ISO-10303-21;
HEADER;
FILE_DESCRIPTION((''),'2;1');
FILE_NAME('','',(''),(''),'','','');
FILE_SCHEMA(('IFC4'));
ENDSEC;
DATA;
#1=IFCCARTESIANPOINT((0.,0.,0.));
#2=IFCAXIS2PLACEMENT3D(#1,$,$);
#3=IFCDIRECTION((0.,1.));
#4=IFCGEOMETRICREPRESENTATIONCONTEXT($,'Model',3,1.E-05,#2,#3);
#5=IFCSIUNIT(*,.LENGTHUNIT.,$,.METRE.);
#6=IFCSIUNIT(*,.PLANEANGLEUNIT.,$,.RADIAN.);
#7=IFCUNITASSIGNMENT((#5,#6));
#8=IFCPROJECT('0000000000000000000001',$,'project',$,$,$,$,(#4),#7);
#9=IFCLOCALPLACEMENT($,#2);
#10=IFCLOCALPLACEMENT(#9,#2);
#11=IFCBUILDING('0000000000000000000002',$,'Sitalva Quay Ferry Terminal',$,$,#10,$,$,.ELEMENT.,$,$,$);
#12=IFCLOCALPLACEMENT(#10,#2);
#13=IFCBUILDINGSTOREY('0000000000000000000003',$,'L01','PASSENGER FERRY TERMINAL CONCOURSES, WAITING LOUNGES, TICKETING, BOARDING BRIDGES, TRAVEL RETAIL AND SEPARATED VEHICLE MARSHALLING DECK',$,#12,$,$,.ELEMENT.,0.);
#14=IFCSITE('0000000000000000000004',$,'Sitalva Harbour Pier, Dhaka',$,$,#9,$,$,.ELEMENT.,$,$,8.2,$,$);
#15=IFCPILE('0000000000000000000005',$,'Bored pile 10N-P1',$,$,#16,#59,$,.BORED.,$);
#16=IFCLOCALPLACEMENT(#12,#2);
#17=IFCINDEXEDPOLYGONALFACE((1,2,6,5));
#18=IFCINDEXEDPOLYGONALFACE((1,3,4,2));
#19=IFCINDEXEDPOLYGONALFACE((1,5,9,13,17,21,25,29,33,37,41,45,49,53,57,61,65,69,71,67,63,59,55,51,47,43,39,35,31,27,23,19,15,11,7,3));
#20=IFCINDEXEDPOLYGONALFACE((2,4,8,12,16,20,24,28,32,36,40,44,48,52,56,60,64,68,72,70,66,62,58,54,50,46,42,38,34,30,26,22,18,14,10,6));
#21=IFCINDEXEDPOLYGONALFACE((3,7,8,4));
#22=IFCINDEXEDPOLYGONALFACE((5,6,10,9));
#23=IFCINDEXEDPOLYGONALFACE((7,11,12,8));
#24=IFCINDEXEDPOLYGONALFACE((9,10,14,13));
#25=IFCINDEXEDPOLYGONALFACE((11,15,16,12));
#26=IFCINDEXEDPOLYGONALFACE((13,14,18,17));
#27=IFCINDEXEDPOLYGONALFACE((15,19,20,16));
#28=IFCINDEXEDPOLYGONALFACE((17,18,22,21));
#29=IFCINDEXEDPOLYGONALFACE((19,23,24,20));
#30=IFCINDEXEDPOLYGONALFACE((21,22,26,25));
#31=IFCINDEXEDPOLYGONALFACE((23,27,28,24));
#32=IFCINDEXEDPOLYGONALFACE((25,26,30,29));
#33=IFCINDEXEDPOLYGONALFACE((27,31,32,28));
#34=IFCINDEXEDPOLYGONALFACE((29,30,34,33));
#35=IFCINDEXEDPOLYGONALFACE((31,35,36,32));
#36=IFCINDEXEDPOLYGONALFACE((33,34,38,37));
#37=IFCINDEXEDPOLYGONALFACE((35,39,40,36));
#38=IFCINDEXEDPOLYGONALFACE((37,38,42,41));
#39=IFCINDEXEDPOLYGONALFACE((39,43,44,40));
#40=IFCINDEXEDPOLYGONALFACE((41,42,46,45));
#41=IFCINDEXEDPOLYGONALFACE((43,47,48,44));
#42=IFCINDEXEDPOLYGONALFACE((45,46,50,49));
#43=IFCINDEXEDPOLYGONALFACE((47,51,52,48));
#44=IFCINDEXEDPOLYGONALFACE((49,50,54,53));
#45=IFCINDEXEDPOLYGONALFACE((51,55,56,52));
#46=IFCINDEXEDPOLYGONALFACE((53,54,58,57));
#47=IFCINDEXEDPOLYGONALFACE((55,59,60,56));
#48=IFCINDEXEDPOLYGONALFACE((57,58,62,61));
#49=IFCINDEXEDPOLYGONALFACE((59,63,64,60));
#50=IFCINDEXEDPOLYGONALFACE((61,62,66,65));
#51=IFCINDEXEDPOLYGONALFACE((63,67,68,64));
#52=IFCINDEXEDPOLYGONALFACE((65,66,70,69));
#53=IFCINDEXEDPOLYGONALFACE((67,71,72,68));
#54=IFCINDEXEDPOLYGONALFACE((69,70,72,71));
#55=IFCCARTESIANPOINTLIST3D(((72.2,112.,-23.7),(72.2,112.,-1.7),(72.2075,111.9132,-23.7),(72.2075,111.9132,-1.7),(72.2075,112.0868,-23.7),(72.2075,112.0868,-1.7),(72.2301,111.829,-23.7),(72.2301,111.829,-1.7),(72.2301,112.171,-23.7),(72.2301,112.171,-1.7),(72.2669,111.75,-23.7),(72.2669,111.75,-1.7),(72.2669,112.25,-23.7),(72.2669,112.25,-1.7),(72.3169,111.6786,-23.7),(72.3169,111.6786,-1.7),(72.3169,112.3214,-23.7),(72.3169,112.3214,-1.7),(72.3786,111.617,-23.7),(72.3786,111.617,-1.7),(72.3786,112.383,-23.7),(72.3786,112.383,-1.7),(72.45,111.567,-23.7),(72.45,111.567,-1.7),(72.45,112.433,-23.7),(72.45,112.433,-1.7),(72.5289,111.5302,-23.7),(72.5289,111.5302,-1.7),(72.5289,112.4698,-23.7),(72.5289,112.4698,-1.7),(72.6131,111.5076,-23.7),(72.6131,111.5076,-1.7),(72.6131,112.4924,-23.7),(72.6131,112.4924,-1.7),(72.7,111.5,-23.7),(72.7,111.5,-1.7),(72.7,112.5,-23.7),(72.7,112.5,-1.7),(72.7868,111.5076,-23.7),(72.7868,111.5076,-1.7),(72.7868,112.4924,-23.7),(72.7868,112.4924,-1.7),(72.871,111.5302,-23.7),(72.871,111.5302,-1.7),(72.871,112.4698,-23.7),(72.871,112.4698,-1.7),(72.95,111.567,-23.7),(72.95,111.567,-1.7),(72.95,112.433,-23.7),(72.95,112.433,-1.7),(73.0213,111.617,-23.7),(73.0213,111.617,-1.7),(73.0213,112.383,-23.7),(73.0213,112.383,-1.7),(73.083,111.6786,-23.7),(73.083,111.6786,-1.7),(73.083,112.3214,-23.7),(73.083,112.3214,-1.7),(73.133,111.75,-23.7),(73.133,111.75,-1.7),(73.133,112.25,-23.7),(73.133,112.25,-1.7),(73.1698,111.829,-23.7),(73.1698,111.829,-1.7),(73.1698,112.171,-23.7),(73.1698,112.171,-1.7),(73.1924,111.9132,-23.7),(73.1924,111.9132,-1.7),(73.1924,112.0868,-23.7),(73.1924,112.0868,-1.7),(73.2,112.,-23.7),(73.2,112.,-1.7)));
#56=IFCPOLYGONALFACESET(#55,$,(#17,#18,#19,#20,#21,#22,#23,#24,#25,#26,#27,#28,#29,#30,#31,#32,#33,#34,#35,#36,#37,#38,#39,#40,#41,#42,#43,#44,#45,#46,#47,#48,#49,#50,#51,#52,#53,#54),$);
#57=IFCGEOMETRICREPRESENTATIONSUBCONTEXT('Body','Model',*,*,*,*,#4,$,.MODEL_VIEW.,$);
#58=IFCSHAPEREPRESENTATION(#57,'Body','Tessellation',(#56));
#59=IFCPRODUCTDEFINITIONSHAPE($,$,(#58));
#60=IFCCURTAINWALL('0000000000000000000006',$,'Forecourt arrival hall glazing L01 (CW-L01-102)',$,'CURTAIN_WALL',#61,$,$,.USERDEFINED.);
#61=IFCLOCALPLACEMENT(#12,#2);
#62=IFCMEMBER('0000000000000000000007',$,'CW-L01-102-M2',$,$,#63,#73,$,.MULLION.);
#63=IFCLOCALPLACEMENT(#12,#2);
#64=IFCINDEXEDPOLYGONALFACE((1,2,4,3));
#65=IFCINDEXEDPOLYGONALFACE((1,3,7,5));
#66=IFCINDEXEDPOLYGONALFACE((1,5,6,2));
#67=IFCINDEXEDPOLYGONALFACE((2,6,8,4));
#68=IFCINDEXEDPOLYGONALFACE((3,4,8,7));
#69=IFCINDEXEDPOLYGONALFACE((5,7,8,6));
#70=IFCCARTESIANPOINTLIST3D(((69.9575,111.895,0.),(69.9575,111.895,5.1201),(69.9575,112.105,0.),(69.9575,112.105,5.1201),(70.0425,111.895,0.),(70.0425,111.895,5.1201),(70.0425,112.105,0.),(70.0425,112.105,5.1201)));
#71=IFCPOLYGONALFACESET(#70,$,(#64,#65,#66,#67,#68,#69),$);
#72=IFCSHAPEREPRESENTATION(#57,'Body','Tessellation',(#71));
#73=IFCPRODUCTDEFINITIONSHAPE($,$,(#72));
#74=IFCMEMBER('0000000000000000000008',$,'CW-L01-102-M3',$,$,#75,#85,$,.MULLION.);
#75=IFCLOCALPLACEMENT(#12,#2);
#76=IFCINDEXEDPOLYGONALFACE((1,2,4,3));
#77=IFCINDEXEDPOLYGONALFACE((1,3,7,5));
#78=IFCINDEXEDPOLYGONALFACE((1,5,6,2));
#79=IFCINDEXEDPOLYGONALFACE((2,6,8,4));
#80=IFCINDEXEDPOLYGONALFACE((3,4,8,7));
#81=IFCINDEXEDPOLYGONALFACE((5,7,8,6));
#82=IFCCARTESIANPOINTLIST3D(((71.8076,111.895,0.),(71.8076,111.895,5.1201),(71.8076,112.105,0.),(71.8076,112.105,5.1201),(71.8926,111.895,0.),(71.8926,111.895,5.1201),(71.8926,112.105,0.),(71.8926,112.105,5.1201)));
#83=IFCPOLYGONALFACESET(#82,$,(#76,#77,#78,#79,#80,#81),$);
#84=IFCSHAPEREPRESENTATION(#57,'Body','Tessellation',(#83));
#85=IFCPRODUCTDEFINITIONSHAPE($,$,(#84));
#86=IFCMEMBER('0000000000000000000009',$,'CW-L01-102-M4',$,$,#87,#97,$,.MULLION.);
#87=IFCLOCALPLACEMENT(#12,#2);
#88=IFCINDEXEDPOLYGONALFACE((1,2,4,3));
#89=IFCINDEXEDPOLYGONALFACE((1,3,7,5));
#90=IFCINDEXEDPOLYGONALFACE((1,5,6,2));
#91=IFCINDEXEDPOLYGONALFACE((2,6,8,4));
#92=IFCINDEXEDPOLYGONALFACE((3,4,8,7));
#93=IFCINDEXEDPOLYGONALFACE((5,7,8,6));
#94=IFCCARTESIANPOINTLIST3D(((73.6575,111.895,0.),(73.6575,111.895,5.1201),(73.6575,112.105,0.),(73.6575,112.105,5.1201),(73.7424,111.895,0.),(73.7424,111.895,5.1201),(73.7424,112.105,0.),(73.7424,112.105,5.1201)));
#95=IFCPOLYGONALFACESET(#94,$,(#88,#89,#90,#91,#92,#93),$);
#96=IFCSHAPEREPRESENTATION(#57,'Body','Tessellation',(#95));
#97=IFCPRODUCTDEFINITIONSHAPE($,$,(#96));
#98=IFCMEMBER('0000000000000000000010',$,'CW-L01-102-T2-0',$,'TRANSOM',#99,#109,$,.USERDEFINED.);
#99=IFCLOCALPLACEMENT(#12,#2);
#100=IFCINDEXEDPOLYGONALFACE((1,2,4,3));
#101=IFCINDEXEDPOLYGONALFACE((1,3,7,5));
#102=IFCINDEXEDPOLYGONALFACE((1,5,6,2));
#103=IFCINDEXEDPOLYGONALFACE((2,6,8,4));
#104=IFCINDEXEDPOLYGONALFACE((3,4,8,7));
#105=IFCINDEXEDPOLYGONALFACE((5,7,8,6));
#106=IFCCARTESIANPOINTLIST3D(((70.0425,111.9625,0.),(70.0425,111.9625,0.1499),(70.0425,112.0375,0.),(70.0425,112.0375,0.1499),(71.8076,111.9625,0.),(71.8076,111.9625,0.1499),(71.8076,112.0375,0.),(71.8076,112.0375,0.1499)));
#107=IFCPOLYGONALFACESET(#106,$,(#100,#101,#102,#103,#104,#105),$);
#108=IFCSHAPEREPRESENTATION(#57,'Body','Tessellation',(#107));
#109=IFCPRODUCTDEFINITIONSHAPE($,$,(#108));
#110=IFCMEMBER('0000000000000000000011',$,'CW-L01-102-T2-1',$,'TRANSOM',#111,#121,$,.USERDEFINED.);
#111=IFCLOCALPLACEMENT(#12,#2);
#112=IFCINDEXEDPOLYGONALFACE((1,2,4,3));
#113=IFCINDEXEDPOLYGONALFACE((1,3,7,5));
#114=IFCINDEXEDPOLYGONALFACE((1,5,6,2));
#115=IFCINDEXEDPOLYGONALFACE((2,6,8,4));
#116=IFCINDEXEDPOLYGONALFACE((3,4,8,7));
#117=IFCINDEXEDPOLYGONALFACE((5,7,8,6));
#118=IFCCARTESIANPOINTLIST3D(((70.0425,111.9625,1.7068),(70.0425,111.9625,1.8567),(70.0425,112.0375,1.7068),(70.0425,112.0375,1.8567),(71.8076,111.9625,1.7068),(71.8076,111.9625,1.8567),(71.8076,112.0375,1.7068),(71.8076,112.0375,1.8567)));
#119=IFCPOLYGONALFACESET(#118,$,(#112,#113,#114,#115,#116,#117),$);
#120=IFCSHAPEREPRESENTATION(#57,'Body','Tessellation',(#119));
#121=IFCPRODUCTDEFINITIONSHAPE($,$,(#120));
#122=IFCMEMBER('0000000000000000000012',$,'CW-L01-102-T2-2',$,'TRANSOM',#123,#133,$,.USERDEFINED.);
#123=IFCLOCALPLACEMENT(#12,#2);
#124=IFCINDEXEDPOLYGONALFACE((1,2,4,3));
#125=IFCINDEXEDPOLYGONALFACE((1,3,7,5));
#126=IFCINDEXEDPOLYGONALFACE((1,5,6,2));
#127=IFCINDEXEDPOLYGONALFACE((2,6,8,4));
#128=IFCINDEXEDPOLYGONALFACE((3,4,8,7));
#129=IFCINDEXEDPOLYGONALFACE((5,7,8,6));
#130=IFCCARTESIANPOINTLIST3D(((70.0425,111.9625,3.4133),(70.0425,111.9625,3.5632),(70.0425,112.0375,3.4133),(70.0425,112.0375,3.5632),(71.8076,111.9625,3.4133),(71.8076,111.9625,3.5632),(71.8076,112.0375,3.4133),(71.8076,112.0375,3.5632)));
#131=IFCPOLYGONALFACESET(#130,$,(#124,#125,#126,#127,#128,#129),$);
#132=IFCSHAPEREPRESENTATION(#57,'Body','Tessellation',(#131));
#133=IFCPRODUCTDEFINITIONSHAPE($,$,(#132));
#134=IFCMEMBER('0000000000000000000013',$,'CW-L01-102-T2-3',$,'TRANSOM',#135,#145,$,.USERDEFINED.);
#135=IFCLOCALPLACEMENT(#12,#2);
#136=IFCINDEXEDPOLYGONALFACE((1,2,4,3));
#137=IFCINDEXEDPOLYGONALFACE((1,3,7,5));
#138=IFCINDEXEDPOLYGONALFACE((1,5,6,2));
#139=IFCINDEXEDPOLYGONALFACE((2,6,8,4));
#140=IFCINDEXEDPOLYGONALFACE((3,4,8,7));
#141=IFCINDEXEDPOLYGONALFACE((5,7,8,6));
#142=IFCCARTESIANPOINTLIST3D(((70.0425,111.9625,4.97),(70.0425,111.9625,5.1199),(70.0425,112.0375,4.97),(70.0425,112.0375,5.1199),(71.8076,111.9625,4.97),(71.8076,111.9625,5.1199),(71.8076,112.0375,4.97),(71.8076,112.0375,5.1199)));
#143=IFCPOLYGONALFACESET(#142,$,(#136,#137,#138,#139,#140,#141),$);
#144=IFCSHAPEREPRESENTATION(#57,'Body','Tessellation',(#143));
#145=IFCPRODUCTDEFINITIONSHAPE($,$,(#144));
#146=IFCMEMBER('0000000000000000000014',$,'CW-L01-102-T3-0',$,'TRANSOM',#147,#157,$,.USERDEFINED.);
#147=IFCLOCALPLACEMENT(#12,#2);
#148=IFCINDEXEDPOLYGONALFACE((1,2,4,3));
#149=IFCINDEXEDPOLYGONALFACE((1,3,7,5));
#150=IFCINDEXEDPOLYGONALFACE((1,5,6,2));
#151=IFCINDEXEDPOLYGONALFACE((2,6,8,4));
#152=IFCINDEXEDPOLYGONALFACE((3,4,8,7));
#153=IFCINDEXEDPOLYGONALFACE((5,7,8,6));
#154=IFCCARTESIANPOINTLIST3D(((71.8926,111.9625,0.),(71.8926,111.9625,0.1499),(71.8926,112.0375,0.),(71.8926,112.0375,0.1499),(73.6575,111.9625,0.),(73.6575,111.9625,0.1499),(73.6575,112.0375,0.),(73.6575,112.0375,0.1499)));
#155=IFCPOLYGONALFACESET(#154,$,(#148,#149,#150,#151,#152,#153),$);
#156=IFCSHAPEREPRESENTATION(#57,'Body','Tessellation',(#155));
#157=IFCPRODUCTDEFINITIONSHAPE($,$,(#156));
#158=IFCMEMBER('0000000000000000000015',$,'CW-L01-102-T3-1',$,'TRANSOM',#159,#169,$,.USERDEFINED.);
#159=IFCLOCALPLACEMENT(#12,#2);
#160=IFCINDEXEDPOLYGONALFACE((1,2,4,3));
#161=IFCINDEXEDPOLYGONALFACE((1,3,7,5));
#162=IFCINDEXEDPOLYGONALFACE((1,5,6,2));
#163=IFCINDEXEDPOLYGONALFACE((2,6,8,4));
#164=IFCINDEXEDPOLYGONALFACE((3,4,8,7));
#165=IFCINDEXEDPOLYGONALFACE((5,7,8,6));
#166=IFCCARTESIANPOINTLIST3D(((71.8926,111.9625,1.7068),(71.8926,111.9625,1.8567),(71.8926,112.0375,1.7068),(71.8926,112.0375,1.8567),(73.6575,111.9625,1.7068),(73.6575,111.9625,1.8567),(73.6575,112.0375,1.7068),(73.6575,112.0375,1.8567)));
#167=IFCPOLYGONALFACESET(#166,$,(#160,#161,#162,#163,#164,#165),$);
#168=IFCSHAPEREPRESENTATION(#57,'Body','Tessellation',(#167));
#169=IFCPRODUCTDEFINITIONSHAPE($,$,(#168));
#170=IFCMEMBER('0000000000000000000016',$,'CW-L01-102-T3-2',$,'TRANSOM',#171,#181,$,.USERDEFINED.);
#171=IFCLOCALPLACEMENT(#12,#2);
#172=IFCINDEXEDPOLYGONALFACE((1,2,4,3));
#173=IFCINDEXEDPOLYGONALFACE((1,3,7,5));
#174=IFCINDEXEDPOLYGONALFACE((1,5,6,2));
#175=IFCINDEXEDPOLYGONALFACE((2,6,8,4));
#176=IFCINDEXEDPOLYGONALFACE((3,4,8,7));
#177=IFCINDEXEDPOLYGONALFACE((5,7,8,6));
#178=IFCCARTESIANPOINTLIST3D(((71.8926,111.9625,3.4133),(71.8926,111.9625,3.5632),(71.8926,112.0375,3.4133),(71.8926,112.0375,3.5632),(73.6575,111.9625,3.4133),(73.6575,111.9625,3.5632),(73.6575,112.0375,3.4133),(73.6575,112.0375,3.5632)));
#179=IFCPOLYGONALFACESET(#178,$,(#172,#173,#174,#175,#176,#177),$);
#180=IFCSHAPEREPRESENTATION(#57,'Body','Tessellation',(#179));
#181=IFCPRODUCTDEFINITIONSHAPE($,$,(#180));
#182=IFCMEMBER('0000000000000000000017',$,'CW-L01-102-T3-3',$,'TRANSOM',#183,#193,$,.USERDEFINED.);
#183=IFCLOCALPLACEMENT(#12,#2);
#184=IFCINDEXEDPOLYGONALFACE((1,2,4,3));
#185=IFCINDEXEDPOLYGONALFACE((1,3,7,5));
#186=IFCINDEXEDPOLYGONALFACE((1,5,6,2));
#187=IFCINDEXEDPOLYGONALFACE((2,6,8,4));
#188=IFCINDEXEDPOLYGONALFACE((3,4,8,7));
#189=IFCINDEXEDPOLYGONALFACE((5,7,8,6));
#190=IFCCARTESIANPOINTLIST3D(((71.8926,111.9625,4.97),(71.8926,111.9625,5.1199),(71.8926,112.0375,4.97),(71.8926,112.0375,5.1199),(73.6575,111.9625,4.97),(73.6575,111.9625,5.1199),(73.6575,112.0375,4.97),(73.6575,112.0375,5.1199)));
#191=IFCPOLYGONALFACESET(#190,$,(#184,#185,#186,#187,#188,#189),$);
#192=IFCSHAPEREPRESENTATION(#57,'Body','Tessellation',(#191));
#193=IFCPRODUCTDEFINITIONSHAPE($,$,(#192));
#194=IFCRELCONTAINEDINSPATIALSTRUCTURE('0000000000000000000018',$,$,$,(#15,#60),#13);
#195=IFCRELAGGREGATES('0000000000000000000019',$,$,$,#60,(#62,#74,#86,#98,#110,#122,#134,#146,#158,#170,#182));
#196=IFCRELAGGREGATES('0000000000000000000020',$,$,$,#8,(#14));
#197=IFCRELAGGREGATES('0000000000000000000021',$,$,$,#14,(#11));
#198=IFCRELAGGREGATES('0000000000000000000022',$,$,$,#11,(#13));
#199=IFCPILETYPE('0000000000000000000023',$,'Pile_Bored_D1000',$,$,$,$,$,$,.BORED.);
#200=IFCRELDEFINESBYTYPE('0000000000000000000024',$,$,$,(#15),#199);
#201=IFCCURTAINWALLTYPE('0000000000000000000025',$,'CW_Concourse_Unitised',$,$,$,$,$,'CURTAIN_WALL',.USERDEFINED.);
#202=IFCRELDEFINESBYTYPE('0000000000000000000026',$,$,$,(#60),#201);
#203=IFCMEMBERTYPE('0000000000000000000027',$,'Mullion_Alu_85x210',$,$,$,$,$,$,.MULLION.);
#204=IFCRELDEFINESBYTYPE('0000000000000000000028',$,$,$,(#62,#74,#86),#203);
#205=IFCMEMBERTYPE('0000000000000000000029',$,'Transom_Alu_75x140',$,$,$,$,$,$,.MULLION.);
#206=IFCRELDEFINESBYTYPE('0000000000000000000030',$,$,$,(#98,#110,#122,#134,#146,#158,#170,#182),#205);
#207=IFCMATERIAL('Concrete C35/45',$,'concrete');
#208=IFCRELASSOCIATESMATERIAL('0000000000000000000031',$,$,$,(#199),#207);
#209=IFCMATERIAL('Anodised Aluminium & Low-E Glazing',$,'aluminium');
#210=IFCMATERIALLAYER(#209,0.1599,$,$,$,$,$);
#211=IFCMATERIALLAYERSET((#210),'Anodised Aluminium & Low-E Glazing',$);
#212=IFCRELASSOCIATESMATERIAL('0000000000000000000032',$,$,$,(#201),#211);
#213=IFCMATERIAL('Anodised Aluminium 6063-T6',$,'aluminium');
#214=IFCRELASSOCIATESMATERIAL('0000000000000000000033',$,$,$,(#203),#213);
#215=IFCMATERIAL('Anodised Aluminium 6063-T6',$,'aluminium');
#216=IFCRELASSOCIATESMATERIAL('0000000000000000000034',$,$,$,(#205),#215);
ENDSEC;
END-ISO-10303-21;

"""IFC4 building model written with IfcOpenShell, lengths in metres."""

from ifc_helpers import new_model, si_unit, direction, frame, origin, origin_2d, place, context, subcontext, project, spatial, rectangle, circle, extrude, material, layer, layer_set, material_profile, profile_set, type_object, element, aggregate, save


model = new_model("IFC4")

# Units and contexts
model_context = context("Model", 3, precision=1e-05, world=origin(), true_north=direction((0.0, 1.0)))
body_context = subcontext(model_context, "Body", "Model", "MODEL_VIEW")
ifc_project = project(units=[si_unit("LENGTHUNIT", "METRE"), si_unit("PLANEANGLEUNIT", "RADIAN")], contexts=[model_context])

# Site, building, storey
site_placement = place(None, origin())
site = spatial("IfcSite", under=ifc_project, at=site_placement, Name="Sitalva Harbour Pier, Dhaka", CompositionType="ELEMENT", RefElevation=8.2)
building_placement = place(site_placement, origin())
building = spatial("IfcBuilding", under=site, at=building_placement, Name="Sitalva Quay Ferry Terminal", CompositionType="ELEMENT")
storey_placement = place(building_placement, origin())
storey = spatial("IfcBuildingStorey", under=building, at=storey_placement, Name="L01", Description="PASSENGER FERRY TERMINAL CONCOURSES, WAITING LOUNGES, TICKETING, BOARDING BRIDGES, TRAVEL RETAIL AND SEPARATED VEHICLE MARSHALLING DECK", CompositionType="ELEMENT", Elevation=0.0)

# Pile
ifc_material_1 = material(Name="Concrete C35/45", Category="concrete")
ifc_material_profile_1 = material_profile(ifc_material_1, circle(Radius=0.5, at=origin_2d()), Name="PILE-D1000")
ifc_profile_set_1 = profile_set([ifc_material_profile_1], Name="Concrete C35/45")
pile_type = type_object("IfcPileType", Name="Pile_Bored_D1000", PredefinedType="BORED", material=ifc_profile_set_1)
pile_placement = place(storey_placement, frame((72.7, 112.0, -1.7), z_axis=(0.0, 0.0, -1.0), x_axis=(1.0, 0.0, 0.0)))
element("IfcPile", 1, at=pile_placement, inside=storey, type_object=pile_type, Name="Bored pile 10N-P1", PredefinedType="BORED", context=body_context, shape_type="SweptSolid", body=[
    extrude(circle(Radius=0.5, at=origin_2d()), origin(), (0.0, 0.0, 1.0), 22.0),
])

# Curtain wall, members
ifc_material_2 = material(Name="Anodised Aluminium & Low-E Glazing", Category="aluminium")
ifc_layer_1 = layer(ifc_material_2, 0.1599)
ifc_layer_set_1 = layer_set([ifc_layer_1], Name="Anodised Aluminium & Low-E Glazing")
curtain_wall_type = type_object("IfcCurtainWallType", Name="CW_Concourse_Unitised", ElementType="CURTAIN_WALL", PredefinedType="USERDEFINED", material=ifc_layer_set_1)
curtain_wall_placement = place(storey_placement, origin())
curtain_wall = element("IfcCurtainWall", 2, at=curtain_wall_placement, inside=storey, type_object=curtain_wall_type, Name="Forecourt arrival hall glazing L01 (CW-L01-102)", ObjectType="CURTAIN_WALL", PredefinedType="USERDEFINED")
ifc_material_3 = material(Name="Anodised Aluminium 6063-T6", Category="aluminium")
ifc_material_profile_2 = material_profile(ifc_material_3, rectangle(XDim=0.085, YDim=0.21, at=origin_2d()), Name="ALU85x210")
ifc_profile_set_2 = profile_set([ifc_material_profile_2], Name="Anodised Aluminium 6063-T6")
member_type_1 = type_object("IfcMemberType", Name="Mullion_Alu_85x210", PredefinedType="MULLION", material=ifc_profile_set_2)
member_1_placement = place(storey_placement, frame((70.0, 112.0, 0.0), z_axis=(0.0, 0.0, 1.0), x_axis=(1.0, 0.0, 0.0)))
member_1 = element("IfcMember", 3, at=member_1_placement, type_object=member_type_1, Name="CW-L01-102-M2", PredefinedType="MULLION", context=body_context, shape_type="SweptSolid", body=[
    extrude(rectangle(XDim=0.085, YDim=0.21, at=origin_2d()), origin(), (0.0, 0.0, 1.0), 5.1201),
])
member_2_placement = place(storey_placement, frame((71.8501, 112.0, 0.0), z_axis=(0.0, 0.0, 1.0), x_axis=(1.0, 0.0, 0.0)))
member_2 = element("IfcMember", 4, at=member_2_placement, type_object=member_type_1, Name="CW-L01-102-M3", PredefinedType="MULLION", context=body_context, shape_type="SweptSolid", body=[
    extrude(rectangle(XDim=0.085, YDim=0.21, at=origin_2d()), origin(), (0.0, 0.0, 1.0), 5.1201),
])
member_3_placement = place(storey_placement, frame((73.7, 112.0, 0.0), z_axis=(0.0, 0.0, 1.0), x_axis=(1.0, 0.0, 0.0)))
member_3 = element("IfcMember", 5, at=member_3_placement, type_object=member_type_1, Name="CW-L01-102-M4", PredefinedType="MULLION", context=body_context, shape_type="SweptSolid", body=[
    extrude(rectangle(XDim=0.085, YDim=0.21, at=origin_2d()), origin(), (0.0, 0.0, 1.0), 5.1201),
])
ifc_material_4 = material(Name="Anodised Aluminium 6063-T6", Category="aluminium")
ifc_material_profile_3 = material_profile(ifc_material_4, rectangle(XDim=0.075, YDim=0.1499, at=origin_2d()), Name="ALU75x150")
ifc_profile_set_3 = profile_set([ifc_material_profile_3], Name="Anodised Aluminium 6063-T6")
member_type_2 = type_object("IfcMemberType", Name="Transom_Alu_75x140", PredefinedType="MULLION", material=ifc_profile_set_3)
member_4_placement = place(storey_placement, frame((70.0425, 112.0, 0.075), z_axis=(1.0, 0.0, 0.0), x_axis=(0.0, 1.0, 0.0)))
member_4 = element("IfcMember", 6, at=member_4_placement, type_object=member_type_2, Name="CW-L01-102-T2-0", ObjectType="TRANSOM", PredefinedType="USERDEFINED", context=body_context, shape_type="SweptSolid", body=[
    extrude(rectangle(XDim=0.075, YDim=0.1499, at=origin_2d()), origin(), (0.0, 0.0, 1.0), 1.7651),
])
member_5_placement = place(storey_placement, frame((70.0425, 112.0, 1.7817), z_axis=(1.0, 0.0, 0.0), x_axis=(0.0, 1.0, 0.0)))
member_5 = element("IfcMember", 7, at=member_5_placement, type_object=member_type_2, Name="CW-L01-102-T2-1", ObjectType="TRANSOM", PredefinedType="USERDEFINED", context=body_context, shape_type="SweptSolid", body=[
    extrude(rectangle(XDim=0.075, YDim=0.1499, at=origin_2d()), origin(), (0.0, 0.0, 1.0), 1.7651),
])
member_6_placement = place(storey_placement, frame((70.0425, 112.0, 3.4883), z_axis=(1.0, 0.0, 0.0), x_axis=(0.0, 1.0, 0.0)))
member_6 = element("IfcMember", 8, at=member_6_placement, type_object=member_type_2, Name="CW-L01-102-T2-2", ObjectType="TRANSOM", PredefinedType="USERDEFINED", context=body_context, shape_type="SweptSolid", body=[
    extrude(rectangle(XDim=0.075, YDim=0.1499, at=origin_2d()), origin(), (0.0, 0.0, 1.0), 1.7651),
])
member_7_placement = place(storey_placement, frame((70.0425, 112.0, 5.0449), z_axis=(1.0, 0.0, 0.0), x_axis=(0.0, 1.0, 0.0)))
member_7 = element("IfcMember", 9, at=member_7_placement, type_object=member_type_2, Name="CW-L01-102-T2-3", ObjectType="TRANSOM", PredefinedType="USERDEFINED", context=body_context, shape_type="SweptSolid", body=[
    extrude(rectangle(XDim=0.075, YDim=0.1499, at=origin_2d()), origin(), (0.0, 0.0, 1.0), 1.7651),
])
member_8_placement = place(storey_placement, frame((71.8926, 112.0, 0.075), z_axis=(1.0, 0.0, 0.0), x_axis=(0.0, 1.0, 0.0)))
member_8 = element("IfcMember", 10, at=member_8_placement, type_object=member_type_2, Name="CW-L01-102-T3-0", ObjectType="TRANSOM", PredefinedType="USERDEFINED", context=body_context, shape_type="SweptSolid", body=[
    extrude(rectangle(XDim=0.075, YDim=0.1499, at=origin_2d()), origin(), (0.0, 0.0, 1.0), 1.7649),
])
member_9_placement = place(storey_placement, frame((71.8926, 112.0, 1.7817), z_axis=(1.0, 0.0, 0.0), x_axis=(0.0, 1.0, 0.0)))
member_9 = element("IfcMember", 11, at=member_9_placement, type_object=member_type_2, Name="CW-L01-102-T3-1", ObjectType="TRANSOM", PredefinedType="USERDEFINED", context=body_context, shape_type="SweptSolid", body=[
    extrude(rectangle(XDim=0.075, YDim=0.1499, at=origin_2d()), origin(), (0.0, 0.0, 1.0), 1.7649),
])
member_10_placement = place(storey_placement, frame((71.8926, 112.0, 3.4883), z_axis=(1.0, 0.0, 0.0), x_axis=(0.0, 1.0, 0.0)))
member_10 = element("IfcMember", 12, at=member_10_placement, type_object=member_type_2, Name="CW-L01-102-T3-2", ObjectType="TRANSOM", PredefinedType="USERDEFINED", context=body_context, shape_type="SweptSolid", body=[
    extrude(rectangle(XDim=0.075, YDim=0.1499, at=origin_2d()), origin(), (0.0, 0.0, 1.0), 1.7649),
])
member_11_placement = place(storey_placement, frame((71.8926, 112.0, 5.0449), z_axis=(1.0, 0.0, 0.0), x_axis=(0.0, 1.0, 0.0)))
member_11 = element("IfcMember", 13, at=member_11_placement, type_object=member_type_2, Name="CW-L01-102-T3-3", ObjectType="TRANSOM", PredefinedType="USERDEFINED", context=body_context, shape_type="SweptSolid", body=[
    extrude(rectangle(XDim=0.075, YDim=0.1499, at=origin_2d()), origin(), (0.0, 0.0, 1.0), 1.7649),
])
aggregate(curtain_wall, [member_1, member_2, member_3, member_4, member_5, member_6, member_7, member_8, member_9, member_10, member_11])

save(model, "model.ifc")
